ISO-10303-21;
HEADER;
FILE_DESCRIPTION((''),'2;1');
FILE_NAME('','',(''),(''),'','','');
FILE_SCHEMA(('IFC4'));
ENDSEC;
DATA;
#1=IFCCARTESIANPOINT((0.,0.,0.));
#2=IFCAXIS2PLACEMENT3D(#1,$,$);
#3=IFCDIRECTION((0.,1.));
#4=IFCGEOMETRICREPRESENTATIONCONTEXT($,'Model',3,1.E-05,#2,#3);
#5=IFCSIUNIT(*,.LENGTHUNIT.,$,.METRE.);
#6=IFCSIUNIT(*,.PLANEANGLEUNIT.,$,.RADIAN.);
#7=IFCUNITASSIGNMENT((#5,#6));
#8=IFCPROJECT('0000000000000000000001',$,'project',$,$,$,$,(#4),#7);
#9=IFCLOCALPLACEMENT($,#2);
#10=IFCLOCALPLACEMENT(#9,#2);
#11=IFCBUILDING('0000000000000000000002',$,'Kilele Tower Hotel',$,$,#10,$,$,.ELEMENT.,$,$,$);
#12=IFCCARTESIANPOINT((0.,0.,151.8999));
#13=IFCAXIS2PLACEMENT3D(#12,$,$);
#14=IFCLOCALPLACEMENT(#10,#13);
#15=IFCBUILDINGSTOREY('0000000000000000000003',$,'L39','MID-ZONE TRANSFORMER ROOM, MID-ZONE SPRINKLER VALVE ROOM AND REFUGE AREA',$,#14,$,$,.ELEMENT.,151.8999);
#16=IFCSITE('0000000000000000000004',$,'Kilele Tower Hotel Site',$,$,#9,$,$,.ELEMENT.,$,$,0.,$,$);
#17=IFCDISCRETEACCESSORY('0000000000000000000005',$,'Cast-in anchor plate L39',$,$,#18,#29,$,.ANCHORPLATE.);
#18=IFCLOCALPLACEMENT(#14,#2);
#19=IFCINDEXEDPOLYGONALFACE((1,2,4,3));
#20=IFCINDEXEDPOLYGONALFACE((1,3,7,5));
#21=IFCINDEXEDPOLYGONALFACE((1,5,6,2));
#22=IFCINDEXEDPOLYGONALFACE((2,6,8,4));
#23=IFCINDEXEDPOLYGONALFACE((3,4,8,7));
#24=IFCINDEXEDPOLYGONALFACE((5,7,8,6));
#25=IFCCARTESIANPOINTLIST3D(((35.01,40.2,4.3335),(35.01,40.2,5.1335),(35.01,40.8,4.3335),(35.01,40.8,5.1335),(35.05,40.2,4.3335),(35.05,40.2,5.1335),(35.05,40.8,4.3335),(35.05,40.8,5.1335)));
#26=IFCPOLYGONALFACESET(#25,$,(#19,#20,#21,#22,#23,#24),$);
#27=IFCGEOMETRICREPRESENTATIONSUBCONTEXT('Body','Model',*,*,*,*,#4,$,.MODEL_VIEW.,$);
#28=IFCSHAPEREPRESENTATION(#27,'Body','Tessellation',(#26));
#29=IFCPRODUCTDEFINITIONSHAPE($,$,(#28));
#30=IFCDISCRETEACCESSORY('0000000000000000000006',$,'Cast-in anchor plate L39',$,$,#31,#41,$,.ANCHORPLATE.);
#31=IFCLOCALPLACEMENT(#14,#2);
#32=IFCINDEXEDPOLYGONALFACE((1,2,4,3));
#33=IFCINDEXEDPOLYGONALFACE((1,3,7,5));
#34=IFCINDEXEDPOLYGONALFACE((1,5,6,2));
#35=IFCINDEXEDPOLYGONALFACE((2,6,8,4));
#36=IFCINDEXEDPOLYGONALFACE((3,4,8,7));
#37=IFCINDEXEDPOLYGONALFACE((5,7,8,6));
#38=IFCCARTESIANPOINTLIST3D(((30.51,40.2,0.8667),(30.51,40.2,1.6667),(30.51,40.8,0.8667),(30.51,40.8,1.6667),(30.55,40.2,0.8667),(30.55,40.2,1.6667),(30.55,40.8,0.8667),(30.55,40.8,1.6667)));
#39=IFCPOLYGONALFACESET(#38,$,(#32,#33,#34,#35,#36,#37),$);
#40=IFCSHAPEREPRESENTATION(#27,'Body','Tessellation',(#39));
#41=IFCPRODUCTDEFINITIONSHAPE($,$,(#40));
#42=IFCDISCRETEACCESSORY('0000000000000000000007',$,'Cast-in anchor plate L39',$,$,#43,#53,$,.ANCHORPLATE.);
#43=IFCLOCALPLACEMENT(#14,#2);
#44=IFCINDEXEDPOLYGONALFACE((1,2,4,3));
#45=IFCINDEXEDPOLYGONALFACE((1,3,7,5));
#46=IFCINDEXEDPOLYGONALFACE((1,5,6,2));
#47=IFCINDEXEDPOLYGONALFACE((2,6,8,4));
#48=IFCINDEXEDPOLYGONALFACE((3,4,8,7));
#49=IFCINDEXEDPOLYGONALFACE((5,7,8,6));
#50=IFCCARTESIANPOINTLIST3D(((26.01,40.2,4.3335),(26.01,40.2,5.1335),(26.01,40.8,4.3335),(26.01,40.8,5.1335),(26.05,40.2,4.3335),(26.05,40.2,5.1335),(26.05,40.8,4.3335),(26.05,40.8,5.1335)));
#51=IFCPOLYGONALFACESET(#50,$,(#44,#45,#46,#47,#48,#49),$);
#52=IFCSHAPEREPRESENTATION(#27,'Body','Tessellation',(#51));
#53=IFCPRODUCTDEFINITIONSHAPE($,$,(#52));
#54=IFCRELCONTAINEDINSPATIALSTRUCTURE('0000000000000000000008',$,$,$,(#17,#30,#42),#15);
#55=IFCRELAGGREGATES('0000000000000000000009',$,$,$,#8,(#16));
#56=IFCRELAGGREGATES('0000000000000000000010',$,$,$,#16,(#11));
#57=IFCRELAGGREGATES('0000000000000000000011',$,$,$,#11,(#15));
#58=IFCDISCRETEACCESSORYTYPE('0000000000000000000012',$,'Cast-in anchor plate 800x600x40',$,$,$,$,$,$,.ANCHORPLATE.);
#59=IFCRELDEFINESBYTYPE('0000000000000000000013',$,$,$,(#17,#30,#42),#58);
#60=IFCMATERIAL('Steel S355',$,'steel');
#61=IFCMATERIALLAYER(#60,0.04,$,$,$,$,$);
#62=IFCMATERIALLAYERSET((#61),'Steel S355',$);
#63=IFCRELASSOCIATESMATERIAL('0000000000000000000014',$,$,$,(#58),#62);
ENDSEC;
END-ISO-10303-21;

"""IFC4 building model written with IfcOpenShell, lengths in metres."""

from ifc_helpers import new_model, si_unit, direction, frame, origin, place, context, subcontext, project, spatial, polyline, outline, extrude, source, transform, mapped, material, layer, layer_set, type_object, element, save


model = new_model("IFC4")

# Units and contexts
model_context = context("Model", 3, precision=1e-05, world=origin(), true_north=direction((0.0, 1.0)))
body_context = subcontext(model_context, "Body", "Model", "MODEL_VIEW")
ifc_project = project(units=[si_unit("LENGTHUNIT", "METRE"), si_unit("PLANEANGLEUNIT", "RADIAN")], contexts=[model_context])

# Site, building, storey
site_placement = place(None, origin())
site = spatial("IfcSite", under=ifc_project, at=site_placement, Name="Kilele Tower Hotel Site", CompositionType="ELEMENT", RefElevation=0.0)
building_placement = place(site_placement, origin())
building = spatial("IfcBuilding", under=site, at=building_placement, Name="Kilele Tower Hotel", CompositionType="ELEMENT")
storey_placement = place(building_placement, frame((0.0, 0.0, 151.8999)))
storey = spatial("IfcBuildingStorey", under=building, at=storey_placement, Name="L39", Description="MID-ZONE TRANSFORMER ROOM, MID-ZONE SPRINKLER VALVE ROOM AND REFUGE AREA", CompositionType="ELEMENT", Elevation=151.8999)

# Discrete accessories
ifc_material_1 = material(Name="Steel S355", Category="steel")
ifc_layer_1 = layer(ifc_material_1, 0.04)
ifc_layer_set_1 = layer_set([ifc_layer_1], Name="Steel S355")
discrete_accessory_type = type_object("IfcDiscreteAccessoryType", Name="Cast-in anchor plate 800x600x40", PredefinedType="ANCHORPLATE", material=ifc_layer_set_1)
shared_shape = source(origin(), body_context, "Body", "SweptSolid", [
    extrude(outline(polyline([(0.0, 0.0), (0.04, 0.0), (0.04, 0.8), (0.0, 0.8), (0.0, 0.0)])), origin(), (0.0, 0.0, 1.0), 0.6001),
])
for number, where, z_axis, x_axis, name in (
    (1, (35.05, 40.2, 4.3335), (0.0, 1.0, 0.0), (-1.0, 0.0, 0.0), "Cast-in anchor plate L39"),
    (2, (30.55, 40.2, 0.8667), (0.0, 1.0, 0.0), (-1.0, 0.0, 0.0), "Cast-in anchor plate L39"),
    (3, (26.05, 40.2, 4.3335), (0.0, 1.0, 0.0), (-1.0, 0.0, 0.0), "Cast-in anchor plate L39"),
):
    element("IfcDiscreteAccessory", number, at=place(storey_placement, frame(where, z_axis=z_axis, x_axis=x_axis)), inside=storey, type_object=discrete_accessory_type, Name=name, PredefinedType="ANCHORPLATE", context=body_context, shape_type="MappedRepresentation", body=[
        mapped(shared_shape, transform((0.0, 0.0, 0.0))),
    ])

save(model, "model.ifc")
